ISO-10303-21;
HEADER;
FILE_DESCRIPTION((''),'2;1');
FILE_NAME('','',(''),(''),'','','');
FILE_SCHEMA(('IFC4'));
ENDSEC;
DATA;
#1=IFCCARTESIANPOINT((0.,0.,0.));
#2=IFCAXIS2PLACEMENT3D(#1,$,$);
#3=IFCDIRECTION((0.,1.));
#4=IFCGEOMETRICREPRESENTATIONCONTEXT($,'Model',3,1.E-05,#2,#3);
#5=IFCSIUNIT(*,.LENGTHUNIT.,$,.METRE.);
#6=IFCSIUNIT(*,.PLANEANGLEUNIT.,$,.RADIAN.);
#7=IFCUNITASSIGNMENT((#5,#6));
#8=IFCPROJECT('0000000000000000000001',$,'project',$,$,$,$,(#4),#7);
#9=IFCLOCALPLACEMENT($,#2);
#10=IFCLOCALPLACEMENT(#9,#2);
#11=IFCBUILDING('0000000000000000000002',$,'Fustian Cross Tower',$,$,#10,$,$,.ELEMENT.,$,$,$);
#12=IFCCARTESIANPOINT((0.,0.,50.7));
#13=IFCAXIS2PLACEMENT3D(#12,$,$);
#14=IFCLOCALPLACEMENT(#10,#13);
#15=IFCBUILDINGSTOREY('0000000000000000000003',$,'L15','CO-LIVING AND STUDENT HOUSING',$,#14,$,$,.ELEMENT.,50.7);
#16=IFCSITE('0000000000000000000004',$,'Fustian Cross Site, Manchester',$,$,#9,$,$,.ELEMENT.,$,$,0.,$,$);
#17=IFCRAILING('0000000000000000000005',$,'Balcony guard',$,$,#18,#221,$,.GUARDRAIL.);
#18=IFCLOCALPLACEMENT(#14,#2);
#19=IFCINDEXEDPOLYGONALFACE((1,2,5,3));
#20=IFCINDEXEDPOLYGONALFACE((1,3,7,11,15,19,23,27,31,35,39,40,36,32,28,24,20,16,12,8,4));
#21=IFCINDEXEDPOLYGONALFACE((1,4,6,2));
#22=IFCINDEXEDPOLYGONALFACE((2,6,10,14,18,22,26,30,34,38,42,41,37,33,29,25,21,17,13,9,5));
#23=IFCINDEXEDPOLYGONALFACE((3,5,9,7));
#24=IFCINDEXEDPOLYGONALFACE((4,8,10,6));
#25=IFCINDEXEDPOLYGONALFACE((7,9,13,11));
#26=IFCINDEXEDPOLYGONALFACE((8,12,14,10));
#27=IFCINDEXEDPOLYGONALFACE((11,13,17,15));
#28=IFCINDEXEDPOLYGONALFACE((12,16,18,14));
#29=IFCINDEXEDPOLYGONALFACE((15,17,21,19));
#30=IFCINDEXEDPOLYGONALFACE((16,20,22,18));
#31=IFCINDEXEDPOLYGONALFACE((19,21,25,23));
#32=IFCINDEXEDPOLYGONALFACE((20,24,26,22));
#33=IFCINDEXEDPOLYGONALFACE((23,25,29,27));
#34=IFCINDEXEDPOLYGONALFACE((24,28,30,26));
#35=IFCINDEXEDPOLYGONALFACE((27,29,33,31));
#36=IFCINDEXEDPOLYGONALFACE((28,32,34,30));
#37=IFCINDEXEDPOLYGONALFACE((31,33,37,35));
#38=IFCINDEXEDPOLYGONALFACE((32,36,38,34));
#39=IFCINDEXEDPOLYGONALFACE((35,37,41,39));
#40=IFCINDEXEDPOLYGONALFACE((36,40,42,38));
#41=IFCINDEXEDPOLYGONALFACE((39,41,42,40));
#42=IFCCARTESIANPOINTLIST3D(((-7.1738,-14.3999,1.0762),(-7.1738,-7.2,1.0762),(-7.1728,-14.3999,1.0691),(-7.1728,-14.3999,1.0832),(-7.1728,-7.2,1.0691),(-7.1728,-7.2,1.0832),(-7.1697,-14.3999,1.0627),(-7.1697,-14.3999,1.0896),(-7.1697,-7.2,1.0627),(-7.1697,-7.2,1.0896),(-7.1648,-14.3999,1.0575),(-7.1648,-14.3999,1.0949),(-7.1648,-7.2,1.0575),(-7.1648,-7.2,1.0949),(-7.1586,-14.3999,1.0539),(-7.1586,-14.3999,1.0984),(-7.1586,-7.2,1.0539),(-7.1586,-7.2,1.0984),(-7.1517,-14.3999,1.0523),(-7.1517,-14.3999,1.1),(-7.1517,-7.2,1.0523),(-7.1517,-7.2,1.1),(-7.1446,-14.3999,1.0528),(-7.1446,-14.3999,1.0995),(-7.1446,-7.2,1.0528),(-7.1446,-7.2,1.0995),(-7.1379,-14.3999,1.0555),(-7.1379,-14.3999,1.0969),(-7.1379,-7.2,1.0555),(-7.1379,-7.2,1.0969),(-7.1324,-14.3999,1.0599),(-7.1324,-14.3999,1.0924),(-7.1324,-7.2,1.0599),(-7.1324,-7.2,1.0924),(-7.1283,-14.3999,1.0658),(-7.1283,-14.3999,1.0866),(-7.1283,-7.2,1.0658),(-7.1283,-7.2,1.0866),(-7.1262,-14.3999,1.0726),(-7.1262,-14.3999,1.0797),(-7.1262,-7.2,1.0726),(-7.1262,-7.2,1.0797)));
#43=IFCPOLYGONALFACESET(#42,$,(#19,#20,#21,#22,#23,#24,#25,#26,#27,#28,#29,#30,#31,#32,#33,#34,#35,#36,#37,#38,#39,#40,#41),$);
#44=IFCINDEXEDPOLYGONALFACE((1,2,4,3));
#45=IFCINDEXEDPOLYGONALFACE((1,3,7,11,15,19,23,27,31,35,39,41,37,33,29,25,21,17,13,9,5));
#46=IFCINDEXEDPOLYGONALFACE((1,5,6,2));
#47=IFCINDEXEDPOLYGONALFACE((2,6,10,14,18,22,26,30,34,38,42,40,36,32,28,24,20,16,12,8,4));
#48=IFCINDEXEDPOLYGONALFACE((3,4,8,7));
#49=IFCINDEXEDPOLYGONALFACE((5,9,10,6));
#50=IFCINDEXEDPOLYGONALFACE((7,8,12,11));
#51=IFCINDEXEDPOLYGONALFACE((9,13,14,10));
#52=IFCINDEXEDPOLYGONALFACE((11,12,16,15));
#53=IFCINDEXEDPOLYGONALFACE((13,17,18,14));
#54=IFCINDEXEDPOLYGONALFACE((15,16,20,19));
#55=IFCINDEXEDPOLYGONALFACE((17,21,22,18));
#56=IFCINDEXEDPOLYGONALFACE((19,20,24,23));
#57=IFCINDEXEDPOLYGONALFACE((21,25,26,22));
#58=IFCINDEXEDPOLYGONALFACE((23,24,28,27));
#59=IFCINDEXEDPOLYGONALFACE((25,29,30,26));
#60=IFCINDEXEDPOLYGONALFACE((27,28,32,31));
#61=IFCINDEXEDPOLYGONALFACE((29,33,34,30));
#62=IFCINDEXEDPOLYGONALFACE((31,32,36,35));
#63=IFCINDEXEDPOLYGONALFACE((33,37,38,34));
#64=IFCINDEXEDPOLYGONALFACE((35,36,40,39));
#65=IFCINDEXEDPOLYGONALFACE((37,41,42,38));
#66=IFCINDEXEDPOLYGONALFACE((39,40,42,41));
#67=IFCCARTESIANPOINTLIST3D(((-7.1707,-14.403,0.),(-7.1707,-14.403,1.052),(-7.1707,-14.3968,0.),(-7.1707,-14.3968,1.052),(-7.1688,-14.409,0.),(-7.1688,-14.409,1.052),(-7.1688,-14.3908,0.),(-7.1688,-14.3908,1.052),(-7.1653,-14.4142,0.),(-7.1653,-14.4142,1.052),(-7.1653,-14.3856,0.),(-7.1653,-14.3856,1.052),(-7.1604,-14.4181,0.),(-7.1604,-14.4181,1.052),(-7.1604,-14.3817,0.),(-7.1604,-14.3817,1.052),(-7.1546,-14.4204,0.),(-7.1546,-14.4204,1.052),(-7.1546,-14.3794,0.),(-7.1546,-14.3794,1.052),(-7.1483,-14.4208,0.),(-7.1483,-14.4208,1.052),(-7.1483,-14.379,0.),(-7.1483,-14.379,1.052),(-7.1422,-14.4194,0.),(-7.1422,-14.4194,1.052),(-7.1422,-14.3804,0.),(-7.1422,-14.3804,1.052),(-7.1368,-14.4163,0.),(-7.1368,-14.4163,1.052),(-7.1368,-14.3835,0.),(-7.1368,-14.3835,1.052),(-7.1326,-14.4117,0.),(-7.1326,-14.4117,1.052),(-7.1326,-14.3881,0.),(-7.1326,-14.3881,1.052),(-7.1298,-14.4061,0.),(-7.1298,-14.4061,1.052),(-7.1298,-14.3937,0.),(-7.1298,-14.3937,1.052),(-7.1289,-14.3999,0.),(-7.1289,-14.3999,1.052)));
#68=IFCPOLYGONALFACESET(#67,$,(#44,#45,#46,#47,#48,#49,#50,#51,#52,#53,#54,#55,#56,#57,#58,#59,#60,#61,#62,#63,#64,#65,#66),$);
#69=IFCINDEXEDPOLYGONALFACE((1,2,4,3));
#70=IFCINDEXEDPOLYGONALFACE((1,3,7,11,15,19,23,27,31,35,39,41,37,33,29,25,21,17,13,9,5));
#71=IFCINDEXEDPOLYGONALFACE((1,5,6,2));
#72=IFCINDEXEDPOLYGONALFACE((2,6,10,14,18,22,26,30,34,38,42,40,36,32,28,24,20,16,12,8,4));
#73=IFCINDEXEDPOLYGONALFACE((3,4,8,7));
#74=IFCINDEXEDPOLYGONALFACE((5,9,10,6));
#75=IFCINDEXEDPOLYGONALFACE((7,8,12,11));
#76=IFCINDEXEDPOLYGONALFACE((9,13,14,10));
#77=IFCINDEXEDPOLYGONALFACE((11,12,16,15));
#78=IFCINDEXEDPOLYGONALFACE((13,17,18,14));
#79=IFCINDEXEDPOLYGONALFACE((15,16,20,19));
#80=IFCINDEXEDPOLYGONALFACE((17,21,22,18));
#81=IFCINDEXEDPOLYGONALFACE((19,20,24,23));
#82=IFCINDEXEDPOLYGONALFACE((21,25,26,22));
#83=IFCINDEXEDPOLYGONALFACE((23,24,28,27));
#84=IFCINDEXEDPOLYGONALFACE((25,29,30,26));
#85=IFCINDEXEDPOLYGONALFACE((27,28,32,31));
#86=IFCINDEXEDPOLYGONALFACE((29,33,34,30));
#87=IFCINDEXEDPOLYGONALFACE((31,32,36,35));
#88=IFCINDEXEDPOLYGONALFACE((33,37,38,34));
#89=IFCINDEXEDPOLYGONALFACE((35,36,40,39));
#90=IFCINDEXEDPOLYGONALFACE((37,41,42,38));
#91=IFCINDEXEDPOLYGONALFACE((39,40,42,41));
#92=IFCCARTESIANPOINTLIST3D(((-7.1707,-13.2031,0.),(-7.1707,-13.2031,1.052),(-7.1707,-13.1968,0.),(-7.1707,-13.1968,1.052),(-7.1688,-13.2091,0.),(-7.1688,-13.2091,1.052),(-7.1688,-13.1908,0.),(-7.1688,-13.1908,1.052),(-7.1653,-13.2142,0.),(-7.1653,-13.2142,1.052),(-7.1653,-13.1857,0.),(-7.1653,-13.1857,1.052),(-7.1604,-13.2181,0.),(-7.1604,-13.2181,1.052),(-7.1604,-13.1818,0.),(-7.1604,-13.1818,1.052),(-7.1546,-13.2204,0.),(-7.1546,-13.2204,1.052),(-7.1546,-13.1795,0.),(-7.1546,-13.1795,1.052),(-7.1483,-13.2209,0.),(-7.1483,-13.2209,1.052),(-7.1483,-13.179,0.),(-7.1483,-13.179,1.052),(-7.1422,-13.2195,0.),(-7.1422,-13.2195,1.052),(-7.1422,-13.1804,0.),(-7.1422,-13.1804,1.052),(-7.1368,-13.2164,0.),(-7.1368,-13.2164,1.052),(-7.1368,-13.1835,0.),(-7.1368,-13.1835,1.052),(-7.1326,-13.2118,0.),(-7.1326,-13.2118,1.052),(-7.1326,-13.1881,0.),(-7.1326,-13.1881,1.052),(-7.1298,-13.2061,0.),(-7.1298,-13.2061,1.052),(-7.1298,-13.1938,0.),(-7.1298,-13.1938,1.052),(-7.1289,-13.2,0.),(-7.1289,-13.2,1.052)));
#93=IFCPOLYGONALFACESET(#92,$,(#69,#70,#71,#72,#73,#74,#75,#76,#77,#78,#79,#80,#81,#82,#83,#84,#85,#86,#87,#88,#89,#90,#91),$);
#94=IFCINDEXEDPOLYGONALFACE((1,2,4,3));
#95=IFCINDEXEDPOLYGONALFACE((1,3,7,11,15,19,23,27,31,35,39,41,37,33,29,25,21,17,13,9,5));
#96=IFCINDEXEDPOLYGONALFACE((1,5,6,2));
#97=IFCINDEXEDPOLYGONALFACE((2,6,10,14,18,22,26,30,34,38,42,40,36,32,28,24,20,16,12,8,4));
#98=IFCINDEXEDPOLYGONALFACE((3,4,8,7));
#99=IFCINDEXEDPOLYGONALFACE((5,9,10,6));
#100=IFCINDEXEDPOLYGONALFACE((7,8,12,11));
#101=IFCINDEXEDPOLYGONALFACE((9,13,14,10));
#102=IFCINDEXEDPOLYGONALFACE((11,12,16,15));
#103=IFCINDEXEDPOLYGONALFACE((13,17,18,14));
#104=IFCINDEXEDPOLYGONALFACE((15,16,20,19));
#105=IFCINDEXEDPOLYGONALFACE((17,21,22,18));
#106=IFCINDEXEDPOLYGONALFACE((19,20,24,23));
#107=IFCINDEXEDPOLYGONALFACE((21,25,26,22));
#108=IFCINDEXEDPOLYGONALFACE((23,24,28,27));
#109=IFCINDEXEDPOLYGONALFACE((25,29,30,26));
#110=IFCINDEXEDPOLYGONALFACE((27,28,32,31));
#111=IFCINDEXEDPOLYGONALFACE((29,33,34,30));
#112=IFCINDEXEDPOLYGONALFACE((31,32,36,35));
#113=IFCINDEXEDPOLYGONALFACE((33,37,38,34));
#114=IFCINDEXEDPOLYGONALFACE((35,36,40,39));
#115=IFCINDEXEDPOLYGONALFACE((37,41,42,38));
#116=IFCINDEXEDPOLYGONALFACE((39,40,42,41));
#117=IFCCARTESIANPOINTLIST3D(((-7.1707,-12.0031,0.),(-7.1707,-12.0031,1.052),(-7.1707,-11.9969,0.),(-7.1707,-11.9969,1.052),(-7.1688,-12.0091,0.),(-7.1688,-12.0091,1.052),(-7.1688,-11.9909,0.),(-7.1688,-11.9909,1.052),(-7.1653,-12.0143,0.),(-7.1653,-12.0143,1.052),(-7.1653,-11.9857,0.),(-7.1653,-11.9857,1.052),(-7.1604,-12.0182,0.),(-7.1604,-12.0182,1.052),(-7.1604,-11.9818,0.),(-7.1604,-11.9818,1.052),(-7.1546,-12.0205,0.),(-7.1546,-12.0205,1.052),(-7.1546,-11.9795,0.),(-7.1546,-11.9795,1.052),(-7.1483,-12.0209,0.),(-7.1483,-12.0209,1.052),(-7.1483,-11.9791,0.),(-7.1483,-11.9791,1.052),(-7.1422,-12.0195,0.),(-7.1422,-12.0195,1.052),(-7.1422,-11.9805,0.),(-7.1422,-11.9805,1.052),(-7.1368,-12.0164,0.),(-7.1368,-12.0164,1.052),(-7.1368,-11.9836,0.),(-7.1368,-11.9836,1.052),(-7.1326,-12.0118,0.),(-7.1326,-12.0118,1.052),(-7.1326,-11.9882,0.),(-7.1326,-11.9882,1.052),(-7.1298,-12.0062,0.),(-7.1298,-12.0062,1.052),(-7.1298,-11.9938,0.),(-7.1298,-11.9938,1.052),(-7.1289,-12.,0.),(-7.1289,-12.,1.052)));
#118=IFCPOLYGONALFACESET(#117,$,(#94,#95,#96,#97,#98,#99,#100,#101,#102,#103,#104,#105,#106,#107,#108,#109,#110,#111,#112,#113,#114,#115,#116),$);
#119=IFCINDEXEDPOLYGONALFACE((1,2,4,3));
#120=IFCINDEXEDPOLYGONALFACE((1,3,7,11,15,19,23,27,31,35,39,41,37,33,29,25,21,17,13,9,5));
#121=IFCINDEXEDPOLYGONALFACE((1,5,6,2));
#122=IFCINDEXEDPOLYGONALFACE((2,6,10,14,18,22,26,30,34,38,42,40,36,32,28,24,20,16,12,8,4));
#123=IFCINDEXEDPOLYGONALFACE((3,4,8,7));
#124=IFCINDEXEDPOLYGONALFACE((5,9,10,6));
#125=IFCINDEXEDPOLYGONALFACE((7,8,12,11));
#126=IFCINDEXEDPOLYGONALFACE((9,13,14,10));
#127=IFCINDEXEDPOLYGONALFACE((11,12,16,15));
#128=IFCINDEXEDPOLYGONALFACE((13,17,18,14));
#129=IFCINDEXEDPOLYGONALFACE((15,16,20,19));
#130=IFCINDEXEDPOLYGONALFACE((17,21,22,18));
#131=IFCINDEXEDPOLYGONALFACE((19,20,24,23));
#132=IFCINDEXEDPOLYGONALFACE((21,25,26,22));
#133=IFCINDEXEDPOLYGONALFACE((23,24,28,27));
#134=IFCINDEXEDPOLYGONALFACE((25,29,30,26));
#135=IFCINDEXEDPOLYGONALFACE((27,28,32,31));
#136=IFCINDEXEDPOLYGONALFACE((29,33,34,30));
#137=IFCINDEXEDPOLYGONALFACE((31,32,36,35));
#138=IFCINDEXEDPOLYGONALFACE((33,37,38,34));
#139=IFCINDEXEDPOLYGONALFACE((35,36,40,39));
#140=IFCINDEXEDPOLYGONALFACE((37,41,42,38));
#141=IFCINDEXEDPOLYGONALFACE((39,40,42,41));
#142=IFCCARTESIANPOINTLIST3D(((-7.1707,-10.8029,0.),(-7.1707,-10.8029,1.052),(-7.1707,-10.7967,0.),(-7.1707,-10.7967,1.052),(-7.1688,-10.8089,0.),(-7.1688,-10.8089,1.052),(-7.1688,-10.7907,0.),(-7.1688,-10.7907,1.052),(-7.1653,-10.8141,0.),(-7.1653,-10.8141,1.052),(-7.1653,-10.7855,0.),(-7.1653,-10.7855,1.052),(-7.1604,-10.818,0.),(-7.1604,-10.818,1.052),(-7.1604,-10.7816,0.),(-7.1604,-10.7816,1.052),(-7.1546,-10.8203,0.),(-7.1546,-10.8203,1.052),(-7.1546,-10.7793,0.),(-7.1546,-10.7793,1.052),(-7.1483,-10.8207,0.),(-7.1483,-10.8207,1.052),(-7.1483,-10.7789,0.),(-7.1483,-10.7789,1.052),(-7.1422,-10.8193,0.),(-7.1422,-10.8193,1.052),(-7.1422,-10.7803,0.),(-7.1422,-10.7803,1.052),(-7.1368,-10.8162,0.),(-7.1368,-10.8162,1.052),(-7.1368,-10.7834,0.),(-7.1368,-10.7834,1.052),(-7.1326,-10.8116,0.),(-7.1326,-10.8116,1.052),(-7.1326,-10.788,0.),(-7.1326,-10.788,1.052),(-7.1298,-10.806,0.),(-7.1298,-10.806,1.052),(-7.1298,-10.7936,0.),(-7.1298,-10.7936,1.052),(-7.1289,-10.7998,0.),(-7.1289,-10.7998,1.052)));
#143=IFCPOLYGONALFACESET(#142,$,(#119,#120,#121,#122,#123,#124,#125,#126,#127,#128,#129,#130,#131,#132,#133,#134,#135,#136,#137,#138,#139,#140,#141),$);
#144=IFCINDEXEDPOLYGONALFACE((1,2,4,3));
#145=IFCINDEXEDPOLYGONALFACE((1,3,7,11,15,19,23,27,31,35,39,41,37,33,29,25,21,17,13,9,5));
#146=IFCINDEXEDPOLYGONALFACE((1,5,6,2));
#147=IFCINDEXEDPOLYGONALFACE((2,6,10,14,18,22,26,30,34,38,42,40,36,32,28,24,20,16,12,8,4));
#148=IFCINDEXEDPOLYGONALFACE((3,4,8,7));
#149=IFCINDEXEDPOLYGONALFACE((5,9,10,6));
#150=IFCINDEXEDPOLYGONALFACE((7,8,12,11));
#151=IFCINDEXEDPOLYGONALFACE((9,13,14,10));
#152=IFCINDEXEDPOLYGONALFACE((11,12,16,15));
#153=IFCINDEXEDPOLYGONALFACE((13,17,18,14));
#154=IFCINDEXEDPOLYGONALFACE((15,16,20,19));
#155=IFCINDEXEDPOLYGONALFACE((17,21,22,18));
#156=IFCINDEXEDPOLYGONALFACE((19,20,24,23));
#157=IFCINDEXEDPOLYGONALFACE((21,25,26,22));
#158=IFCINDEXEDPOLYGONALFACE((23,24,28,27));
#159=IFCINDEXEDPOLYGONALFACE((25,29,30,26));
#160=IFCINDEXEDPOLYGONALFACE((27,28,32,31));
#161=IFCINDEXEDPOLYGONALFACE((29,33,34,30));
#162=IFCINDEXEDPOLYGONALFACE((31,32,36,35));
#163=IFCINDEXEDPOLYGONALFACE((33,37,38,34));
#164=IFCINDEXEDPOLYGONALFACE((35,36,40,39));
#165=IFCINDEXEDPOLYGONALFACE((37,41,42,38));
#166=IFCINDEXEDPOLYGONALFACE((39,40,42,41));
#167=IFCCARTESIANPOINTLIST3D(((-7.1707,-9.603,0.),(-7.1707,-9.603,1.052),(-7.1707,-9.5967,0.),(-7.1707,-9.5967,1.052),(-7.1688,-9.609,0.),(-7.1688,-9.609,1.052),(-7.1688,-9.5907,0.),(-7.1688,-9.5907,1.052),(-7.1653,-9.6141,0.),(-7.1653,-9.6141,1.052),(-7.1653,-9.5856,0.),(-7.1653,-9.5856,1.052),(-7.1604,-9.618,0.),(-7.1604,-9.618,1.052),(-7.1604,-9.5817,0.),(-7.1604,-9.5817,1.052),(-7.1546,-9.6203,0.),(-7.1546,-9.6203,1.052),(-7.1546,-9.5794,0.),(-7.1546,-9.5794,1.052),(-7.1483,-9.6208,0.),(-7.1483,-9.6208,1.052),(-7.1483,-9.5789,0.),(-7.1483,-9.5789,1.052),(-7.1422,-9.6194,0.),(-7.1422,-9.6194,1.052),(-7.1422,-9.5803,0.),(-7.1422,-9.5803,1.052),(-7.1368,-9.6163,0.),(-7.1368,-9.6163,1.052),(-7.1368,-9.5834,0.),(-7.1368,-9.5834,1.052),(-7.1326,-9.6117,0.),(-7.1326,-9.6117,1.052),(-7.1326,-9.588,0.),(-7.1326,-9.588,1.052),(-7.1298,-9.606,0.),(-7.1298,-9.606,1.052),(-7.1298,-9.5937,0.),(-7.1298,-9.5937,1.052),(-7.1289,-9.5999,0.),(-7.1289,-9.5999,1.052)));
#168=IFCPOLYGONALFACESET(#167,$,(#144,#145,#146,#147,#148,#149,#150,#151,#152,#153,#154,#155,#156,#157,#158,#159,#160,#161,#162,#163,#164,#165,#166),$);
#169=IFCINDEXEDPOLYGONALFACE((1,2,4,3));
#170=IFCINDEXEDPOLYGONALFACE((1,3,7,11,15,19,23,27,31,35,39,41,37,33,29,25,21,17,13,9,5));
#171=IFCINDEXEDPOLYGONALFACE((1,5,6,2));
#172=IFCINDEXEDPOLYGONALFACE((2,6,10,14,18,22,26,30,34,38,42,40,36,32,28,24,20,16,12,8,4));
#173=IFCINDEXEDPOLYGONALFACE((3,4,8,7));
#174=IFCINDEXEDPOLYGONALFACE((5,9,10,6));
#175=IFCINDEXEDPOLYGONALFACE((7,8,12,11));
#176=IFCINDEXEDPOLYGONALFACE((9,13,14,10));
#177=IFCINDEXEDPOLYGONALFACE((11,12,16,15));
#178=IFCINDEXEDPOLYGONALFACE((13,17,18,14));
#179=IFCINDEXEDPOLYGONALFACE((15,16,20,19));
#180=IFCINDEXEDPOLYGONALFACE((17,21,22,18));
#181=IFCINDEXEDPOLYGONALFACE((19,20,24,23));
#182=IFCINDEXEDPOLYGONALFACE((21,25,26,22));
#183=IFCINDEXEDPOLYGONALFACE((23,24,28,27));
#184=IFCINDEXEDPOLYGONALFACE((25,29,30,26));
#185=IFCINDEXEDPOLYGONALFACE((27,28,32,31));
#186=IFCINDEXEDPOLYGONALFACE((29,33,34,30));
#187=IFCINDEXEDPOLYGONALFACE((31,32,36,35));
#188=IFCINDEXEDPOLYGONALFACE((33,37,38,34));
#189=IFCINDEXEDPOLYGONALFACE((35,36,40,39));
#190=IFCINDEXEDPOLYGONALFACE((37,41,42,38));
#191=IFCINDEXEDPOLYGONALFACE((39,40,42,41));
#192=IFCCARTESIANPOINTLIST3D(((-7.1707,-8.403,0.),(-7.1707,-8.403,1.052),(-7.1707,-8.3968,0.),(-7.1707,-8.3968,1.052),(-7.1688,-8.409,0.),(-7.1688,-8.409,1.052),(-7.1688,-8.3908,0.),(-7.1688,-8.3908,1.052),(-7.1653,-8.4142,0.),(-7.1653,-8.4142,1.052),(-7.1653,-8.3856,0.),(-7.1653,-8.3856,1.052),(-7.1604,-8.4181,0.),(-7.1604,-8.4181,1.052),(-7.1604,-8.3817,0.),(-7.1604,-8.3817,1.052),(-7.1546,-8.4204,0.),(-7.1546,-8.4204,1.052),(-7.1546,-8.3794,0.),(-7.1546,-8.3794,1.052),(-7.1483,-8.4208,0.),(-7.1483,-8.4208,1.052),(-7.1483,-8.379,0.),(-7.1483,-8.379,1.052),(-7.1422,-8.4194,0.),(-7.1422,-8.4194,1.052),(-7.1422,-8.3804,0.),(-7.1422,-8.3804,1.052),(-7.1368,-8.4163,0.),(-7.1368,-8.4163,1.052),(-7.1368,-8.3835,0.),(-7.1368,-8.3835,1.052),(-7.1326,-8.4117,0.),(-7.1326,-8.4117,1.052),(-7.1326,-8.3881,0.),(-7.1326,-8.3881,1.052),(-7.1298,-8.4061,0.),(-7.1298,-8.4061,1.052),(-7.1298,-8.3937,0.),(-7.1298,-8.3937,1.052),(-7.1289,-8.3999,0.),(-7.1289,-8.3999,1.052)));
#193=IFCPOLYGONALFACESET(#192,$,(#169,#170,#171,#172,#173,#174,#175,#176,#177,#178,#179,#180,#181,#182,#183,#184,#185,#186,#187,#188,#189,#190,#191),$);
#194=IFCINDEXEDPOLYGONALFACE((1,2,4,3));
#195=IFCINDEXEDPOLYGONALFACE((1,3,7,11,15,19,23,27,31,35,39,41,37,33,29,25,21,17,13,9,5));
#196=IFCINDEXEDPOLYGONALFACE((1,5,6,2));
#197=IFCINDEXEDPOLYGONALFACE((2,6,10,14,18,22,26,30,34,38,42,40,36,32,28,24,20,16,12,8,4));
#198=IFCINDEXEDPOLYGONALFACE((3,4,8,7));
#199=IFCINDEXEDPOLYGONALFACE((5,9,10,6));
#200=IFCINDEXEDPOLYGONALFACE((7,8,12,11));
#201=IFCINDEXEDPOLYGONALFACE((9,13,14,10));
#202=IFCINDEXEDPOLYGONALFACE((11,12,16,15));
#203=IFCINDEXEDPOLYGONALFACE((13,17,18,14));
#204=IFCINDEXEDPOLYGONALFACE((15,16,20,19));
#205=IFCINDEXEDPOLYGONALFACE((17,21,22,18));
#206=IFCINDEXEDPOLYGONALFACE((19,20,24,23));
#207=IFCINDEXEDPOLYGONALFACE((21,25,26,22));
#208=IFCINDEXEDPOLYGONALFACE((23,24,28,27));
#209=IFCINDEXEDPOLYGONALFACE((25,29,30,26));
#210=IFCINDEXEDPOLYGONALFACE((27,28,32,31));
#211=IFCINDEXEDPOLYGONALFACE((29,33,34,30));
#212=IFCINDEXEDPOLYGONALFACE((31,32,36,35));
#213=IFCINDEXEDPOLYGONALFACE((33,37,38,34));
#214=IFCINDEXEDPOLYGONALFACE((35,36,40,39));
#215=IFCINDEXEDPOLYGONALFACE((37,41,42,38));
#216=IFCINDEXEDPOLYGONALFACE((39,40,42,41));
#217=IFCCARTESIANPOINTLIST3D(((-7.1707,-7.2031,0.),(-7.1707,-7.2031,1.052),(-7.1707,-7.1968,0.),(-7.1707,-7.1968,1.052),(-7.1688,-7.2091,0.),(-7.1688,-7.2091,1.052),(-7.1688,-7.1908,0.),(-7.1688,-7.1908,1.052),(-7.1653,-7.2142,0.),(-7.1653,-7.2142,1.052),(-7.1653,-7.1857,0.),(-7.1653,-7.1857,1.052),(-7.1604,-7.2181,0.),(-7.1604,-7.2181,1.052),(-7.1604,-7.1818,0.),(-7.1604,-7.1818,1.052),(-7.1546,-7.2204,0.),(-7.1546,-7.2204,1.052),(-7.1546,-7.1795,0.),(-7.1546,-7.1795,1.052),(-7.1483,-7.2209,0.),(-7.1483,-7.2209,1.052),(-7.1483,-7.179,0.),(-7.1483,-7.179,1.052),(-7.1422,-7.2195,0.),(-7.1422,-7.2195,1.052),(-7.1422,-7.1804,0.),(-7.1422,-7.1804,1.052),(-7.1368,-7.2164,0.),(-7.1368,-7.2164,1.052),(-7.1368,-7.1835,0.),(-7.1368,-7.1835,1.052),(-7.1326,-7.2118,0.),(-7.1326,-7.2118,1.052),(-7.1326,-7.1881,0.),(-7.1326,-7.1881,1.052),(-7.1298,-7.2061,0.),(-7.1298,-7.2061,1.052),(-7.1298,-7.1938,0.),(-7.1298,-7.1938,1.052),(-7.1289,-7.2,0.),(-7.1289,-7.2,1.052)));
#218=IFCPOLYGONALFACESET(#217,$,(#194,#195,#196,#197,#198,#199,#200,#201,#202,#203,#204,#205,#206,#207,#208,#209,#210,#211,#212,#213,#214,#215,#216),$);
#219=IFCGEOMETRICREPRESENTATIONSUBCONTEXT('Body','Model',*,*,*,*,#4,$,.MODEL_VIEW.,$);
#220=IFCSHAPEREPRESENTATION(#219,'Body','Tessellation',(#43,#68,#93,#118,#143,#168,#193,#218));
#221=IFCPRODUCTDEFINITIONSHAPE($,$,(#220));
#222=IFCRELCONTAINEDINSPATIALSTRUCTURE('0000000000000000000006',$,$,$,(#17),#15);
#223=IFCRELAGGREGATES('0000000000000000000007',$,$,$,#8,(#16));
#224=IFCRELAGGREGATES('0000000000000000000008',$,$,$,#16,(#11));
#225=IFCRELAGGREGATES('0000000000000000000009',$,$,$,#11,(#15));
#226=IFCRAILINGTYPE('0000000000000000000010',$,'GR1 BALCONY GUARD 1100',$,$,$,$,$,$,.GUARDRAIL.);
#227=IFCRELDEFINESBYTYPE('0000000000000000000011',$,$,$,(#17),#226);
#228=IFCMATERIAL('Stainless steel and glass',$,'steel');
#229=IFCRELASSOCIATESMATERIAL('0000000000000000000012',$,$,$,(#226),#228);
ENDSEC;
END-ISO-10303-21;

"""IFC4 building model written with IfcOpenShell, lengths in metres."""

from ifc_helpers import new_model, si_unit, direction, frame, origin, origin_2d, place, context, subcontext, project, spatial, circle, extrude, material, type_object, element, save


model = new_model("IFC4")

# Units and contexts
model_context = context("Model", 3, precision=1e-05, world=origin(), true_north=direction((0.0, 1.0)))
body_context = subcontext(model_context, "Body", "Model", "MODEL_VIEW")
ifc_project = project(units=[si_unit("LENGTHUNIT", "METRE"), si_unit("PLANEANGLEUNIT", "RADIAN")], contexts=[model_context])

# Site, building, storey
site_placement = place(None, origin())
site = spatial("IfcSite", under=ifc_project, at=site_placement, Name="Fustian Cross Site, Manchester", CompositionType="ELEMENT", RefElevation=0.0)
building_placement = place(site_placement, origin())
building = spatial("IfcBuilding", under=site, at=building_placement, Name="Fustian Cross Tower", CompositionType="ELEMENT")
storey_placement = place(building_placement, frame((0.0, 0.0, 50.7)))
storey = spatial("IfcBuildingStorey", under=building, at=storey_placement, Name="L15", Description="CO-LIVING AND STUDENT HOUSING", CompositionType="ELEMENT", Elevation=50.7)

# Railing
ifc_material_1 = material(Name="Stainless steel and glass", Category="steel")
railing_type = type_object("IfcRailingType", Name="GR1 BALCONY GUARD 1100", PredefinedType="GUARDRAIL", material=ifc_material_1)
railing_placement = place(storey_placement, frame((-7.1499, -14.3999, 0.0)))
element("IfcRailing", 1, at=railing_placement, inside=storey, type_object=railing_type, Name="Balcony guard", PredefinedType="GUARDRAIL", context=body_context, shape_type="SweptSolid", body=[
    extrude(circle(Radius=0.0239, at=origin_2d()), frame((0.0, 0.0, 1.0762), z_axis=(0.0, 1.0, 0.0), x_axis=(-1.0, 0.0, 0.0)), (0.0, 0.0, 1.0), 7.2),
    extrude(circle(Radius=0.021, at=origin_2d()), origin(), (0.0, 0.0, 1.0), 1.052),
    extrude(circle(Radius=0.021, at=origin_2d()), frame((0.0, 1.2, 0.0)), (0.0, 0.0, 1.0), 1.052),
    extrude(circle(Radius=0.021, at=origin_2d()), frame((0.0, 2.3999, 0.0)), (0.0, 0.0, 1.0), 1.052),
    extrude(circle(Radius=0.021, at=origin_2d()), frame((0.0, 3.6001, 0.0)), (0.0, 0.0, 1.0), 1.052),
    extrude(circle(Radius=0.021, at=origin_2d()), frame((0.0, 4.8, 0.0)), (0.0, 0.0, 1.0), 1.052),
    extrude(circle(Radius=0.021, at=origin_2d()), frame((0.0, 6.0, 0.0)), (0.0, 0.0, 1.0), 1.052),
    extrude(circle(Radius=0.021, at=origin_2d()), frame((0.0, 7.2, 0.0)), (0.0, 0.0, 1.0), 1.052),
])

save(model, "model.ifc")
